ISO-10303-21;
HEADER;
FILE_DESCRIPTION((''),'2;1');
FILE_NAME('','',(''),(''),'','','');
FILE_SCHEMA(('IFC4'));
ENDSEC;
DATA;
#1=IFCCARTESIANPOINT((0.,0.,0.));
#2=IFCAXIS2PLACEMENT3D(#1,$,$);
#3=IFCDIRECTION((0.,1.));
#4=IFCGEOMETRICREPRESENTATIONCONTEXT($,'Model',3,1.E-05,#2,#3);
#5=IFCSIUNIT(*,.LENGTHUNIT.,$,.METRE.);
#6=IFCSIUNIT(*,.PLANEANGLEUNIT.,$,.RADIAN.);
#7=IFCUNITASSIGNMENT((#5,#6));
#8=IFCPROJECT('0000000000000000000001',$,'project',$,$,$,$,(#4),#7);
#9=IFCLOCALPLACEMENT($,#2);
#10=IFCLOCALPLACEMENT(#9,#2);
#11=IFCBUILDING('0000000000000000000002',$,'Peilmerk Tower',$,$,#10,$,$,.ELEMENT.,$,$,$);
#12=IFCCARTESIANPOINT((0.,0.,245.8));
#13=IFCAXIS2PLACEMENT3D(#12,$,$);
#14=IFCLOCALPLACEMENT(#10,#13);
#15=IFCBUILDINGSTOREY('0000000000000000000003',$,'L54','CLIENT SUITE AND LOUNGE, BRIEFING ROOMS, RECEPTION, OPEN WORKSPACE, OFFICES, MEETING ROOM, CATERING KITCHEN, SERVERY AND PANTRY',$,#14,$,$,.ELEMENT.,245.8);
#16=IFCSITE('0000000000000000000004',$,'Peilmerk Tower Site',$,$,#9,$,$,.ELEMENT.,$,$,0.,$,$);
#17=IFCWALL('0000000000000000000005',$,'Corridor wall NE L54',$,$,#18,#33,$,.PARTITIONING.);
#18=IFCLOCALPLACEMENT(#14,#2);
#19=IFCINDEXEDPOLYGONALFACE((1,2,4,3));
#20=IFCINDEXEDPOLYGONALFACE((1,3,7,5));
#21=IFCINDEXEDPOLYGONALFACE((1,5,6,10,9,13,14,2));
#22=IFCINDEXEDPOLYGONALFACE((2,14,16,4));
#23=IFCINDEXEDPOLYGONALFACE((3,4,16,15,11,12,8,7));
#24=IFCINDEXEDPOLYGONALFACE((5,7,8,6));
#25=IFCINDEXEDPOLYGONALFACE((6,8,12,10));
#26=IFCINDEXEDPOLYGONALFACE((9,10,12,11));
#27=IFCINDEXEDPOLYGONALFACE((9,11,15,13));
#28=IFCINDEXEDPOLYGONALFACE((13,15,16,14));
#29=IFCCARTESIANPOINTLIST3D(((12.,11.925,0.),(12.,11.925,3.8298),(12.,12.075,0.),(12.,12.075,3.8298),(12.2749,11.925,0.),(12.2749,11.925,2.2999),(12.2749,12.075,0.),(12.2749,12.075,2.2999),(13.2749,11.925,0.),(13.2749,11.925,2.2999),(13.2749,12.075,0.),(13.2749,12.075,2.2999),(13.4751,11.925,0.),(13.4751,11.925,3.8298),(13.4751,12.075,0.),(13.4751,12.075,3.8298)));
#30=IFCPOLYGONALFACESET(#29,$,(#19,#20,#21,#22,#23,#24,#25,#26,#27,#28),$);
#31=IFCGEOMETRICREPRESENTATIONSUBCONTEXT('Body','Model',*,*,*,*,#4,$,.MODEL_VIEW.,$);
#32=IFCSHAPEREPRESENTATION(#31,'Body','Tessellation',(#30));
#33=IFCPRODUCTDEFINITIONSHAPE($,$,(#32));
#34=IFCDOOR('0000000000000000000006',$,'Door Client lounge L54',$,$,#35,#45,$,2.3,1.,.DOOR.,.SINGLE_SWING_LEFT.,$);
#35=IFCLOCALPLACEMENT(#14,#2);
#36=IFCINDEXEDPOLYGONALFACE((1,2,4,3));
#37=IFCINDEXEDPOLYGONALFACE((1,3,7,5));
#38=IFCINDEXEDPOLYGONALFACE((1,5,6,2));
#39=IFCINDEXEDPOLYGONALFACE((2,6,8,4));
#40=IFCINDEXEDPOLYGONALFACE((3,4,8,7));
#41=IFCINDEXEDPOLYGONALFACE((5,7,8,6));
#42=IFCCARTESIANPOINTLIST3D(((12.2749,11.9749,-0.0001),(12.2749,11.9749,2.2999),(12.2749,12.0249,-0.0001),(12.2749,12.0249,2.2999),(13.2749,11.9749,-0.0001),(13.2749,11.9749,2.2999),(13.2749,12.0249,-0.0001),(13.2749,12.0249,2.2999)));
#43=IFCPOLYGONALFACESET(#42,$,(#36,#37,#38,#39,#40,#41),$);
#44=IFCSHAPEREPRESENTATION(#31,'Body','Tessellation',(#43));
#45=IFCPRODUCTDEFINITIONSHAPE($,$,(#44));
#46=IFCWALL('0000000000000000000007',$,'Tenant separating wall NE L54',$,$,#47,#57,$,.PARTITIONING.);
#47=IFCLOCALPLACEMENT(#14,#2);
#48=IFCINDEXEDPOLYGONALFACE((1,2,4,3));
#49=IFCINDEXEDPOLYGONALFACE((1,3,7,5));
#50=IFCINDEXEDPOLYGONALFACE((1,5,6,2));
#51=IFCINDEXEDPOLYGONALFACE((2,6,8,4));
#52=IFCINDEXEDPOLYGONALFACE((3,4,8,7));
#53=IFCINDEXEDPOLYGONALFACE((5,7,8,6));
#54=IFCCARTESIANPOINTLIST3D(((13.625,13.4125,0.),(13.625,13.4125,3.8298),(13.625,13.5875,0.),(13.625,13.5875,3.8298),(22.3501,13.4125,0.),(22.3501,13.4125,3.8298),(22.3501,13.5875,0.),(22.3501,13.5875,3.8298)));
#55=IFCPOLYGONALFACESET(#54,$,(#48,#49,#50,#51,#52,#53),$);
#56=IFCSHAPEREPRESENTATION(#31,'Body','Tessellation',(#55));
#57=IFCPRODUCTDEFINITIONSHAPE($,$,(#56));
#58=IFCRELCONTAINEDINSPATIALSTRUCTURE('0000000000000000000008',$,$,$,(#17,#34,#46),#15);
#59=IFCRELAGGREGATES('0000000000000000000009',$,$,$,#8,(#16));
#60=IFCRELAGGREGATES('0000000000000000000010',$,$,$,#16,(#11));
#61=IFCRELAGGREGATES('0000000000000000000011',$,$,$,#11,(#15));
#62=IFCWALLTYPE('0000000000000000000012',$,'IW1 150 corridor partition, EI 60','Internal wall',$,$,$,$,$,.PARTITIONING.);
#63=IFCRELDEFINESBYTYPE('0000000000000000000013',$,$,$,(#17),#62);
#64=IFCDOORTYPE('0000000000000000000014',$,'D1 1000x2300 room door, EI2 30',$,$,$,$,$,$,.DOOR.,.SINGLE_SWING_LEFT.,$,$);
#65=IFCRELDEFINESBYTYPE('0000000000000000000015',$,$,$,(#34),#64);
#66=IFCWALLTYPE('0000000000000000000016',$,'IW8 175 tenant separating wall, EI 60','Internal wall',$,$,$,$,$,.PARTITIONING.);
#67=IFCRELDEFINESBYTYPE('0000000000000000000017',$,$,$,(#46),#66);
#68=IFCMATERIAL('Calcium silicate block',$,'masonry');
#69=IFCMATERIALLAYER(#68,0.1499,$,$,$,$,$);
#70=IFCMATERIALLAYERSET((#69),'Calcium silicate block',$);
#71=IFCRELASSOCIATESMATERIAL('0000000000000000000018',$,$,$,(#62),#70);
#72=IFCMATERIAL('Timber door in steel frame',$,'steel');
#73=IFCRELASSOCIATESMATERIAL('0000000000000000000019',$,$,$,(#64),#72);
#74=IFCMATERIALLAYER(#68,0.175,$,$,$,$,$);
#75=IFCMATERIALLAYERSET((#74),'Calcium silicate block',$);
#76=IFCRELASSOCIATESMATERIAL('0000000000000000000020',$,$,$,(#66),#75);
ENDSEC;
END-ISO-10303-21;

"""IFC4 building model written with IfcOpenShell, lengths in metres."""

from ifc_helpers import new_model, si_unit, direction, frame, frame_2d, origin, place, context, subcontext, project, spatial, rectangle, extrude, material, layer, layer_set, type_object, element, fill, save


model = new_model("IFC4")

# Units and contexts
model_context = context("Model", 3, precision=1e-05, world=origin(), true_north=direction((0.0, 1.0)))
body_context = subcontext(model_context, "Body", "Model", "MODEL_VIEW")
ifc_project = project(units=[si_unit("LENGTHUNIT", "METRE"), si_unit("PLANEANGLEUNIT", "RADIAN")], contexts=[model_context])

# Site, building, storey
site_placement = place(None, origin())
site = spatial("IfcSite", under=ifc_project, at=site_placement, Name="Peilmerk Tower Site", CompositionType="ELEMENT", RefElevation=0.0)
building_placement = place(site_placement, origin())
building = spatial("IfcBuilding", under=site, at=building_placement, Name="Peilmerk Tower", CompositionType="ELEMENT")
storey_placement = place(building_placement, frame((0.0, 0.0, 245.8)))
storey = spatial("IfcBuildingStorey", under=building, at=storey_placement, Name="L54", Description="CLIENT SUITE AND LOUNGE, BRIEFING ROOMS, RECEPTION, OPEN WORKSPACE, OFFICES, MEETING ROOM, CATERING KITCHEN, SERVERY AND PANTRY", CompositionType="ELEMENT", Elevation=245.8)

# Wall, opening, door
ifc_material_1 = material(Name="Calcium silicate block", Category="masonry")
ifc_layer_1 = layer(ifc_material_1, 0.1499)
ifc_layer_set_1 = layer_set([ifc_layer_1], Name="Calcium silicate block")
wall_type_1 = type_object("IfcWallType", Name="IW1 150 corridor partition, EI 60", Description="Internal wall", PredefinedType="PARTITIONING", material=ifc_layer_set_1)
wall_1_placement = place(storey_placement, frame((12.0, 12.0, 0.0), z_axis=(0.0, 0.0, 1.0), x_axis=(1.0, 0.0, 0.0)))
wall_1 = element("IfcWall", 1, at=wall_1_placement, inside=storey, type_object=wall_type_1, Name="Corridor wall NE L54", PredefinedType="PARTITIONING", context=body_context, shape_type="SweptSolid", body=[
    extrude(rectangle(XDim=1.4751, YDim=0.1499, at=frame_2d((0.7375, 0.0))), origin(), (0.0, 0.0, 1.0), 3.8298),
])
opening_placement = place(wall_1_placement, frame((0.2749, 0.0, 0.0)))
opening = element("IfcOpeningElement", 2, at=opening_placement, cuts=wall_1, PredefinedType="OPENING", context=body_context, shape_type="SweptSolid", body=[
    extrude(rectangle(XDim=1.0, YDim=2.3, at=frame_2d((0.5, 1.1499))), frame((0.0, 0.085, 0.0), z_axis=(0.0, -1.0, 0.0), x_axis=(1.0, 0.0, 0.0)), (0.0, 0.0, 1.0), 0.1699),
])
ifc_material_2 = material(Name="Timber door in steel frame", Category="steel")
door_type = type_object("IfcDoorType", Name="D1 1000x2300 room door, EI2 30", OperationType="SINGLE_SWING_LEFT", PredefinedType="DOOR", material=ifc_material_2)
door_placement = place(opening_placement, origin())
door = element("IfcDoor", 3, at=door_placement, inside=storey, type_object=door_type, Name="Door Client lounge L54", OperationType="SINGLE_SWING_LEFT", OverallHeight=2.3, OverallWidth=1.0, PredefinedType="DOOR", context=body_context, shape_type="SweptSolid", body=[
    extrude(rectangle(XDim=1.0, YDim=2.3, at=frame_2d((0.5, 1.1499))), frame((0.0, 0.0249, 0.0), z_axis=(0.0, -1.0, 0.0), x_axis=(1.0, 0.0, 0.0)), (0.0, 0.0, 1.0), 0.05),
])
fill(opening, door)

# Wall
ifc_layer_2 = layer(ifc_material_1, 0.175)
ifc_layer_set_2 = layer_set([ifc_layer_2], Name="Calcium silicate block")
wall_type_2 = type_object("IfcWallType", Name="IW8 175 tenant separating wall, EI 60", Description="Internal wall", PredefinedType="PARTITIONING", material=ifc_layer_set_2)
wall_2_placement = place(storey_placement, frame((13.625, 13.5, 0.0), z_axis=(0.0, 0.0, 1.0), x_axis=(1.0, 0.0, 0.0)))
element("IfcWall", 4, at=wall_2_placement, inside=storey, type_object=wall_type_2, Name="Tenant separating wall NE L54", PredefinedType="PARTITIONING", context=body_context, shape_type="SweptSolid", body=[
    extrude(rectangle(XDim=8.7251, YDim=0.175, at=frame_2d((4.3625, 0.0))), origin(), (0.0, 0.0, 1.0), 3.8298),
])

save(model, "model.ifc")
